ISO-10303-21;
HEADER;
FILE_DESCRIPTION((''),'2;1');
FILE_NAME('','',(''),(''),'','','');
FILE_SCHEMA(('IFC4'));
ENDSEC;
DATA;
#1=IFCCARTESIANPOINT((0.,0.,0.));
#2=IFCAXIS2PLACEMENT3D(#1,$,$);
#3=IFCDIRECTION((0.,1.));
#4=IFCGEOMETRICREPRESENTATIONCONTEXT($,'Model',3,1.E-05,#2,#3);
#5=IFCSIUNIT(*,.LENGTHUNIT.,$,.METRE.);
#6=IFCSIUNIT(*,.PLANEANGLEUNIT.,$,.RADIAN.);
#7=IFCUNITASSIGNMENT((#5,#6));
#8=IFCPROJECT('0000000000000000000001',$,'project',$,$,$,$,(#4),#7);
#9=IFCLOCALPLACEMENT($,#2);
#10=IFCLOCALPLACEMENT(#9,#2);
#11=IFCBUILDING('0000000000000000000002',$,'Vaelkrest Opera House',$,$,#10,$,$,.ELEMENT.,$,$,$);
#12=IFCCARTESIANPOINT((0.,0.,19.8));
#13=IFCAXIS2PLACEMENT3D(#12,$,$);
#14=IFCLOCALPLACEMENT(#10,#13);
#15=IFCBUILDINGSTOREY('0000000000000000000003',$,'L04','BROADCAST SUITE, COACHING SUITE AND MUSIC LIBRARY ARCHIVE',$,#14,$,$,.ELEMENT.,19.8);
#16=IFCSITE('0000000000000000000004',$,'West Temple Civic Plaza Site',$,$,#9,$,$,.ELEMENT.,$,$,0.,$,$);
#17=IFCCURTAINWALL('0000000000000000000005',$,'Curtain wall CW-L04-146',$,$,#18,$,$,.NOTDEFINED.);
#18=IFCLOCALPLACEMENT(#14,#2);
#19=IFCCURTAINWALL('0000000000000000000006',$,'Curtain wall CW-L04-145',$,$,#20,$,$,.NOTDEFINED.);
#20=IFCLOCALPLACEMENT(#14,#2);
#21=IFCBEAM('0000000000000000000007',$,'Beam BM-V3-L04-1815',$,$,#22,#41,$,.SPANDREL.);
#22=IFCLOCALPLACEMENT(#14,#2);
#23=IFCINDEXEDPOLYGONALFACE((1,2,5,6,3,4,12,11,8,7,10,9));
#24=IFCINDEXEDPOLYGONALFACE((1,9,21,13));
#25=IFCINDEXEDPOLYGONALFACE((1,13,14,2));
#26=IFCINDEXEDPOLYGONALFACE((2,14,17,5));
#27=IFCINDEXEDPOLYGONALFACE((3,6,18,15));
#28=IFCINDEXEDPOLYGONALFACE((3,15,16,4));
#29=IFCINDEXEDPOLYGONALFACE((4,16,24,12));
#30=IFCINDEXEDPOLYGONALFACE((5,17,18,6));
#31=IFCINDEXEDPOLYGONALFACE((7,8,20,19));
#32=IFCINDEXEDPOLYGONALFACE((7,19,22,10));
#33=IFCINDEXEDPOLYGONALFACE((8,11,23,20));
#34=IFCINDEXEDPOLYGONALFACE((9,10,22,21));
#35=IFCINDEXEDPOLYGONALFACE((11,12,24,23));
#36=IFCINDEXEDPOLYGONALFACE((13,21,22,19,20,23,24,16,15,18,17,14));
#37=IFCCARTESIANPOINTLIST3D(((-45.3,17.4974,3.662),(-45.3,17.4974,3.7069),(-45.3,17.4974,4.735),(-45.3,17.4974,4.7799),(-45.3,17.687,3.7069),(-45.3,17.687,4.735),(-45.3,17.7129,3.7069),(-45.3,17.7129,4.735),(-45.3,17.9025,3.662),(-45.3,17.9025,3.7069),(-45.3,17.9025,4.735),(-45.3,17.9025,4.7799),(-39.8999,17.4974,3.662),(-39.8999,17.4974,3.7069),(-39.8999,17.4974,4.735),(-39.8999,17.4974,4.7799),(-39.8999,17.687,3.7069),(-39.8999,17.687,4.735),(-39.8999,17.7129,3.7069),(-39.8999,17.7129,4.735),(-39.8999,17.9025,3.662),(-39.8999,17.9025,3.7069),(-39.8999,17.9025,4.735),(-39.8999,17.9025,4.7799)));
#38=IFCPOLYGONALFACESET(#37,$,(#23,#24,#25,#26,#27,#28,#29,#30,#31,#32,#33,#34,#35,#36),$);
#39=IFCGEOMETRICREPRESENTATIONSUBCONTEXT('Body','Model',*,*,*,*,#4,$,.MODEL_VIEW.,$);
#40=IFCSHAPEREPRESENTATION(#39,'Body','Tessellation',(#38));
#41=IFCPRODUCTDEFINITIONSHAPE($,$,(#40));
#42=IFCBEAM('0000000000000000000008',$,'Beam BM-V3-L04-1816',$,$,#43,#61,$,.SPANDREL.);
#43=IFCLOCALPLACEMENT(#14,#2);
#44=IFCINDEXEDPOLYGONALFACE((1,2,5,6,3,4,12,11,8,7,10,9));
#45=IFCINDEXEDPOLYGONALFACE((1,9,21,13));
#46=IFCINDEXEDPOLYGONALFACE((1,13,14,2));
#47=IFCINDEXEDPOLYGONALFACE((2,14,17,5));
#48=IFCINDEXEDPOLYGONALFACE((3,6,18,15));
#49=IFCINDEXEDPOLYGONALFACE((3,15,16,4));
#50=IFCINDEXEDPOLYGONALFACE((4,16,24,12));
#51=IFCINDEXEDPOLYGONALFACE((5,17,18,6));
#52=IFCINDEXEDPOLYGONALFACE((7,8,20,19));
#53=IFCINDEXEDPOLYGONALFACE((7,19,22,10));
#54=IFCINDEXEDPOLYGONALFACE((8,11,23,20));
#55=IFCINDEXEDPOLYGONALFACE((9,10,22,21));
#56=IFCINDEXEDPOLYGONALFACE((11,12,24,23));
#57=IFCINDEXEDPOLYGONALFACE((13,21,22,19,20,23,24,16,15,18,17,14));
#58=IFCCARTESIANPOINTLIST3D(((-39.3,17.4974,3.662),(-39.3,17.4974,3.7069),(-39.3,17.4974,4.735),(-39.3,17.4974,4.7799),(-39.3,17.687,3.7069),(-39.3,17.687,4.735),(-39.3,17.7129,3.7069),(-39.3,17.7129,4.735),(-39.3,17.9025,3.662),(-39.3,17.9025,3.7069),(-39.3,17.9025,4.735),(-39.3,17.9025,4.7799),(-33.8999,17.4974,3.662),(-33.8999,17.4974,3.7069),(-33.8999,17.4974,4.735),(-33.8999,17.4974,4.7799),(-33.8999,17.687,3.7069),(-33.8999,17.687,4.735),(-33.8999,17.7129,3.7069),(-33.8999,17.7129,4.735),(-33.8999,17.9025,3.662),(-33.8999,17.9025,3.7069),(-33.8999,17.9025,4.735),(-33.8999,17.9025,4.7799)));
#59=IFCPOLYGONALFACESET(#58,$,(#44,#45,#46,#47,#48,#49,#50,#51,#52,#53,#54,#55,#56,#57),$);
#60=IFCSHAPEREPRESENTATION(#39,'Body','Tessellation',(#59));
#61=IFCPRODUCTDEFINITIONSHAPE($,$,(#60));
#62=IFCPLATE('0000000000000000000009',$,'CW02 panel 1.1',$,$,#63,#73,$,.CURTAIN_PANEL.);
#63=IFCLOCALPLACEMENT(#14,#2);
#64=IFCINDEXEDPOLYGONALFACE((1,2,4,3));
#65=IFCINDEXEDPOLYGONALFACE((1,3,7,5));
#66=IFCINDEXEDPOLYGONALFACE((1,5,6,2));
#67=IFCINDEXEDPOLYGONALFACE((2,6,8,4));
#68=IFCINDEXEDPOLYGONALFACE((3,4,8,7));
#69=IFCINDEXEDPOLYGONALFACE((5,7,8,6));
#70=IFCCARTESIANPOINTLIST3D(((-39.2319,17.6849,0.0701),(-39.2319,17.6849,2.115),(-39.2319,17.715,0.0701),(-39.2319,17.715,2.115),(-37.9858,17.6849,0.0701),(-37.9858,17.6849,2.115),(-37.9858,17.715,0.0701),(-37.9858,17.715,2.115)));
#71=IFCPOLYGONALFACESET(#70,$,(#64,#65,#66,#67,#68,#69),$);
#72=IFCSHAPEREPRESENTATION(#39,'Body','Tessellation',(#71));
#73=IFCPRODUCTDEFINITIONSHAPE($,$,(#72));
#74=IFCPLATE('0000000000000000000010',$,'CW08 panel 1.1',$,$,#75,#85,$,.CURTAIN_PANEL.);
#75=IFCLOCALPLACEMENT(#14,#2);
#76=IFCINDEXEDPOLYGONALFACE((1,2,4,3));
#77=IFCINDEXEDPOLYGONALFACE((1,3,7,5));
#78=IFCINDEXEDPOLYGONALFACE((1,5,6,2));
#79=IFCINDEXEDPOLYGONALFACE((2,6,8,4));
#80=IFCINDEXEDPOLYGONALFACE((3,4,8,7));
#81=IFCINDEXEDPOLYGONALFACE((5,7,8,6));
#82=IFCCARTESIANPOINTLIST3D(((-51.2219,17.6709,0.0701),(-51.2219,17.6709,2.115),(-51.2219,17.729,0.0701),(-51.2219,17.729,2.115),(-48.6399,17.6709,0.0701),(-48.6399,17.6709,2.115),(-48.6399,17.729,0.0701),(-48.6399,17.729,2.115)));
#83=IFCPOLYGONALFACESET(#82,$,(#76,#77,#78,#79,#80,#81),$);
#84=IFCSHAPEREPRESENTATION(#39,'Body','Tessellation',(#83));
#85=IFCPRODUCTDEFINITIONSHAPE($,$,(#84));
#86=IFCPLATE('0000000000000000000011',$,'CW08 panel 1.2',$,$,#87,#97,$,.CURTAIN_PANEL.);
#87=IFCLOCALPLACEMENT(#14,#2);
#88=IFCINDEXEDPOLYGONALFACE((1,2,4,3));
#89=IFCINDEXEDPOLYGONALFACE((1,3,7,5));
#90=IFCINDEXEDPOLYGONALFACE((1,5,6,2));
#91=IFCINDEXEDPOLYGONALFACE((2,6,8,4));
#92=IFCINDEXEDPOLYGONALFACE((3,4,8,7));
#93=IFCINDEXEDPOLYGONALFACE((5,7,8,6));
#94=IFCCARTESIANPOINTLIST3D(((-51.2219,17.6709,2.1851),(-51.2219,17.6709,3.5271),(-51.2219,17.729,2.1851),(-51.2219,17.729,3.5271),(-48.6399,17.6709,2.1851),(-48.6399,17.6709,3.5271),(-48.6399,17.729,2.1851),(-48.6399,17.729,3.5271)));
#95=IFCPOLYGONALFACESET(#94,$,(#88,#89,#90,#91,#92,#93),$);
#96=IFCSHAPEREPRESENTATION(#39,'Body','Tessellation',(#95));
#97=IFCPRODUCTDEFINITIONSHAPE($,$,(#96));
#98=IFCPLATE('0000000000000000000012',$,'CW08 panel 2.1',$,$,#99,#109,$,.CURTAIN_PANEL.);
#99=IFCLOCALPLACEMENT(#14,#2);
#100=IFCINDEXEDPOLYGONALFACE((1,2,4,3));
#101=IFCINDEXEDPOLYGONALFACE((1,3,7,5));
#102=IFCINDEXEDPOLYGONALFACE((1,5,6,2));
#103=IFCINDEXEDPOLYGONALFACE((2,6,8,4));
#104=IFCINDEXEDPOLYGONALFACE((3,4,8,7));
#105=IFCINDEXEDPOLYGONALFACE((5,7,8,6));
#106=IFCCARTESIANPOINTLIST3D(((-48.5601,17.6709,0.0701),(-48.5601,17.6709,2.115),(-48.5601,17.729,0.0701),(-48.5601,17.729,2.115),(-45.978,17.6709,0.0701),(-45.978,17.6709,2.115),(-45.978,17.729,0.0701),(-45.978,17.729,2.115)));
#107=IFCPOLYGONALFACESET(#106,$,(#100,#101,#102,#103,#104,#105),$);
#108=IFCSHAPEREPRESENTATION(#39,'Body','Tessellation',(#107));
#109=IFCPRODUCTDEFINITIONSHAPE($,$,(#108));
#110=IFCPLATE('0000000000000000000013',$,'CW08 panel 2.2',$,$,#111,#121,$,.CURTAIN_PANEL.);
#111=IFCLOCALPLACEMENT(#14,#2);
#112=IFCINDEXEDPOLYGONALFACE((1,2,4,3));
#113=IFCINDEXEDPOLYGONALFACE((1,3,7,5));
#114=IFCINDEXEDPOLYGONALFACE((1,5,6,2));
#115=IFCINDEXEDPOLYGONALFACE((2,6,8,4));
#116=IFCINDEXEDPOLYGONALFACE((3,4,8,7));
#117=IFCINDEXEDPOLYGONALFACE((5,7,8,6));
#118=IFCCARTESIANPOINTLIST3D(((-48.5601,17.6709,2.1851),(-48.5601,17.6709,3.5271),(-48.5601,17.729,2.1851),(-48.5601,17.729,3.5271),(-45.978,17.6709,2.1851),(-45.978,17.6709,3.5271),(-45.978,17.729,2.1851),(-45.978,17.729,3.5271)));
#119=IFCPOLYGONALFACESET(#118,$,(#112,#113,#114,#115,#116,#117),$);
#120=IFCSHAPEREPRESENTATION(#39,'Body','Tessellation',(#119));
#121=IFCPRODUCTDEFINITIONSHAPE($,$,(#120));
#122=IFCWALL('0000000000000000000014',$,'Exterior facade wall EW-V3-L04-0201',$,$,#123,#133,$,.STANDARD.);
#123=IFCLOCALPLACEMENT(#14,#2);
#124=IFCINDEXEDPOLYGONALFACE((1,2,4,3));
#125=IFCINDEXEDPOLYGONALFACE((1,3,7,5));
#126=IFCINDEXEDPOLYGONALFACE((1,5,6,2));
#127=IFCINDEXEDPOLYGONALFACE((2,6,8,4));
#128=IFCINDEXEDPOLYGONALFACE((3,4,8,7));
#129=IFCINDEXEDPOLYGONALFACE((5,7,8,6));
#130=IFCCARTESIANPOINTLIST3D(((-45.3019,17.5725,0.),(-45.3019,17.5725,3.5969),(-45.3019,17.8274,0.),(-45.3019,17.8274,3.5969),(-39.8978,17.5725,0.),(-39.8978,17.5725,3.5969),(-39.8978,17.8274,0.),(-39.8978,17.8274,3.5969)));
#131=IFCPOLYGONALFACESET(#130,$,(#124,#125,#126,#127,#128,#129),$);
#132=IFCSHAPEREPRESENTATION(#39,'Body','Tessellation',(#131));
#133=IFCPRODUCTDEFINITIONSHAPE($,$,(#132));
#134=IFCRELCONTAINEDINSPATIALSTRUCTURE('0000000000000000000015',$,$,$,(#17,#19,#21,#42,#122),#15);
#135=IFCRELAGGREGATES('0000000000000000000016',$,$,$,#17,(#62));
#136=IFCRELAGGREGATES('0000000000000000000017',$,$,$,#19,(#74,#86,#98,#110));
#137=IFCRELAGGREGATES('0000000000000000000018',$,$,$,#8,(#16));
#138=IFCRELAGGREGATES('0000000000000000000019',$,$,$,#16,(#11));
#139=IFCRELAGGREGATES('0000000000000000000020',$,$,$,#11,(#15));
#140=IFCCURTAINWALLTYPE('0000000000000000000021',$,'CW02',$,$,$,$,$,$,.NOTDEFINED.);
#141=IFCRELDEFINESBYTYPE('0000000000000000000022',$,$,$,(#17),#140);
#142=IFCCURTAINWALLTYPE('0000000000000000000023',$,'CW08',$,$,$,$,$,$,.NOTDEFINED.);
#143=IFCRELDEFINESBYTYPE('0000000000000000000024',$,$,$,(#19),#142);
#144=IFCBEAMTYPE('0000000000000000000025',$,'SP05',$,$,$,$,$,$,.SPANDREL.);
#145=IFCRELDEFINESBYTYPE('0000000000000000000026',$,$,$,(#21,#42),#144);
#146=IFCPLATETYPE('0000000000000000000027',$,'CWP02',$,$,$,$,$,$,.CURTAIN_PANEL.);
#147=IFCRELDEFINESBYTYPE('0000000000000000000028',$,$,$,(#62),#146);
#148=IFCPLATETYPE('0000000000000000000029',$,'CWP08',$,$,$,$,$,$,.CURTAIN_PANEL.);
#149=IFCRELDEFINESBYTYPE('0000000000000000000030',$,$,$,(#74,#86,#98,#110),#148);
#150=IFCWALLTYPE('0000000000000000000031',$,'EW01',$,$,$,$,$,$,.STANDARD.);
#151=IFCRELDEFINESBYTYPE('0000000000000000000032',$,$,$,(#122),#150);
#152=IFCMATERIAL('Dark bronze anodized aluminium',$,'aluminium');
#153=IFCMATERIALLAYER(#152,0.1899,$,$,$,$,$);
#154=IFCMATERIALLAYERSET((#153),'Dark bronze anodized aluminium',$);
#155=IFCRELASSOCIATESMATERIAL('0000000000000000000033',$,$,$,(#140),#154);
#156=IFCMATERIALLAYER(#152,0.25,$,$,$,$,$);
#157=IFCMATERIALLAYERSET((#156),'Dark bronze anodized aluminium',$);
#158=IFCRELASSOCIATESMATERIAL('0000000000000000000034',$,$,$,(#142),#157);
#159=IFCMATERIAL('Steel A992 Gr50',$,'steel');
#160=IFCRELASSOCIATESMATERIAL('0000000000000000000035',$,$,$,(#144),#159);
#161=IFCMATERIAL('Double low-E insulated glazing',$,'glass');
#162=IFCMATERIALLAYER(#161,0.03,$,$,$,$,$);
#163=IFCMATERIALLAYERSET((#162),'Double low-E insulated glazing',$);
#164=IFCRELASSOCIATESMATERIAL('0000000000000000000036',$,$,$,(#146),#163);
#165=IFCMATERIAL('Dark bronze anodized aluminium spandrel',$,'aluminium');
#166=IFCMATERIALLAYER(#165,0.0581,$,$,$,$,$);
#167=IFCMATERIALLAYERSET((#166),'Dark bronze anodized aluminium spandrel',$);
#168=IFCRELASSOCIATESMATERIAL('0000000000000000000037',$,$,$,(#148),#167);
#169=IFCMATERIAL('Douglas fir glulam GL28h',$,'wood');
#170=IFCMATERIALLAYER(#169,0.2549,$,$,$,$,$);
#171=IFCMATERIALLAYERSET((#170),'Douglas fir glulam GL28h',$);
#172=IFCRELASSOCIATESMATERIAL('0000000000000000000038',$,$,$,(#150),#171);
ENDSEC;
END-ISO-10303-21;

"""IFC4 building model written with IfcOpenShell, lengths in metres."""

from ifc_helpers import new_model, si_unit, direction, frame, frame_2d, origin, origin_2d, place, context, subcontext, project, spatial, rectangle, i_section, extrude, material, layer, layer_set, material_profile, profile_set, type_object, element, aggregate, save


model = new_model("IFC4")

# Units and contexts
model_context = context("Model", 3, precision=1e-05, world=origin(), true_north=direction((0.0, 1.0)))
body_context = subcontext(model_context, "Body", "Model", "MODEL_VIEW")
ifc_project = project(units=[si_unit("LENGTHUNIT", "METRE"), si_unit("PLANEANGLEUNIT", "RADIAN")], contexts=[model_context])

# Site, building, storey
site_placement = place(None, origin())
site = spatial("IfcSite", under=ifc_project, at=site_placement, Name="West Temple Civic Plaza Site", CompositionType="ELEMENT", RefElevation=0.0)
building_placement = place(site_placement, origin())
building = spatial("IfcBuilding", under=site, at=building_placement, Name="Vaelkrest Opera House", CompositionType="ELEMENT")
storey_placement = place(building_placement, frame((0.0, 0.0, 19.8)))
storey = spatial("IfcBuildingStorey", under=building, at=storey_placement, Name="L04", Description="BROADCAST SUITE, COACHING SUITE AND MUSIC LIBRARY ARCHIVE", CompositionType="ELEMENT", Elevation=19.8)

# Curtain wall
ifc_material_1 = material(Name="Dark bronze anodized aluminium", Category="aluminium")
ifc_layer_1 = layer(ifc_material_1, 0.1899)
ifc_layer_set_1 = layer_set([ifc_layer_1], Name="Dark bronze anodized aluminium")
curtain_wall_type_1 = type_object("IfcCurtainWallType", Name="CW02", PredefinedType="NOTDEFINED", material=ifc_layer_set_1)
curtain_wall_1_placement = place(storey_placement, origin())
curtain_wall_1 = element("IfcCurtainWall", 1, at=curtain_wall_1_placement, inside=storey, type_object=curtain_wall_type_1, Name="Curtain wall CW-L04-146", PredefinedType="NOTDEFINED")

# Curtain wall
ifc_layer_2 = layer(ifc_material_1, 0.25)
ifc_layer_set_2 = layer_set([ifc_layer_2], Name="Dark bronze anodized aluminium")
curtain_wall_type_2 = type_object("IfcCurtainWallType", Name="CW08", PredefinedType="NOTDEFINED", material=ifc_layer_set_2)
curtain_wall_2_placement = place(storey_placement, origin())
curtain_wall_2 = element("IfcCurtainWall", 2, at=curtain_wall_2_placement, inside=storey, type_object=curtain_wall_type_2, Name="Curtain wall CW-L04-145", PredefinedType="NOTDEFINED")

# Beams
ifc_material_2 = material(Name="Steel A992 Gr50", Category="steel")
ifc_material_profile_1 = material_profile(ifc_material_2, i_section(OverallWidth=0.405, OverallDepth=1.1179, WebThickness=0.0259, FlangeThickness=0.0449, at=origin_2d()), Name="W44X335")
ifc_profile_set_1 = profile_set([ifc_material_profile_1], Name="Steel A992 Gr50")
beam_type = type_object("IfcBeamType", Name="SP05", PredefinedType="SPANDREL", material=ifc_profile_set_1)
for number, where, z_axis, x_axis, name in (
    (3, (-45.3, 17.7, 4.2209), (1.0, 0.0, 0.0), (0.0, 1.0, 0.0), "Beam BM-V3-L04-1815"),
    (4, (-39.3, 17.7, 4.2209), (1.0, 0.0, 0.0), (0.0, 1.0, 0.0), "Beam BM-V3-L04-1816"),
):
    element("IfcBeam", number, at=place(storey_placement, frame(where, z_axis=z_axis, x_axis=x_axis)), inside=storey, type_object=beam_type, Name=name, PredefinedType="SPANDREL", context=body_context, shape_type="SweptSolid", body=[
        extrude(i_section(OverallWidth=0.405, OverallDepth=1.1179, WebThickness=0.0259, FlangeThickness=0.0449, at=origin_2d()), origin(), (0.0, 0.0, 1.0), 5.4001),
    ])

# Plates
ifc_material_3 = material(Name="Double low-E insulated glazing", Category="glass")
ifc_layer_3 = layer(ifc_material_3, 0.03)
ifc_layer_set_3 = layer_set([ifc_layer_3], Name="Double low-E insulated glazing")
plate_type_1 = type_object("IfcPlateType", Name="CWP02", PredefinedType="CURTAIN_PANEL", material=ifc_layer_set_3)
plate_1_placement = place(storey_placement, frame((-38.6089, 17.7, 0.0701), z_axis=(0.0, 0.0, 1.0), x_axis=(1.0, 0.0, 0.0)))
plate_1 = element("IfcPlate", 5, at=plate_1_placement, type_object=plate_type_1, Name="CW02 panel 1.1", PredefinedType="CURTAIN_PANEL", context=body_context, shape_type="SweptSolid", body=[
    extrude(rectangle(XDim=1.2461, YDim=0.03, at=origin_2d()), origin(), (0.0, 0.0, 1.0), 2.0449),
])
aggregate(curtain_wall_1, [plate_1])
ifc_material_4 = material(Name="Dark bronze anodized aluminium spandrel", Category="aluminium")
ifc_layer_4 = layer(ifc_material_4, 0.0581)
ifc_layer_set_4 = layer_set([ifc_layer_4], Name="Dark bronze anodized aluminium spandrel")
plate_type_2 = type_object("IfcPlateType", Name="CWP08", PredefinedType="CURTAIN_PANEL", material=ifc_layer_set_4)
plate_2_placement = place(storey_placement, frame((-49.9309, 17.7, 0.0701), z_axis=(0.0, 0.0, 1.0), x_axis=(1.0, 0.0, 0.0)))
plate_2 = element("IfcPlate", 6, at=plate_2_placement, type_object=plate_type_2, Name="CW08 panel 1.1", PredefinedType="CURTAIN_PANEL", context=body_context, shape_type="SweptSolid", body=[
    extrude(rectangle(XDim=2.582, YDim=0.0581, at=origin_2d()), origin(), (0.0, 0.0, 1.0), 2.0449),
])
plate_3_placement = place(storey_placement, frame((-49.9309, 17.7, 2.1851), z_axis=(0.0, 0.0, 1.0), x_axis=(1.0, 0.0, 0.0)))
plate_3 = element("IfcPlate", 7, at=plate_3_placement, type_object=plate_type_2, Name="CW08 panel 1.2", PredefinedType="CURTAIN_PANEL", context=body_context, shape_type="SweptSolid", body=[
    extrude(rectangle(XDim=2.582, YDim=0.0581, at=origin_2d()), origin(), (0.0, 0.0, 1.0), 1.342),
])
plate_4_placement = place(storey_placement, frame((-47.269, 17.7, 0.0701), z_axis=(0.0, 0.0, 1.0), x_axis=(1.0, 0.0, 0.0)))
plate_4 = element("IfcPlate", 8, at=plate_4_placement, type_object=plate_type_2, Name="CW08 panel 2.1", PredefinedType="CURTAIN_PANEL", context=body_context, shape_type="SweptSolid", body=[
    extrude(rectangle(XDim=2.582, YDim=0.0581, at=origin_2d()), origin(), (0.0, 0.0, 1.0), 2.0449),
])
plate_5_placement = place(storey_placement, frame((-47.269, 17.7, 2.1851), z_axis=(0.0, 0.0, 1.0), x_axis=(1.0, 0.0, 0.0)))
plate_5 = element("IfcPlate", 9, at=plate_5_placement, type_object=plate_type_2, Name="CW08 panel 2.2", PredefinedType="CURTAIN_PANEL", context=body_context, shape_type="SweptSolid", body=[
    extrude(rectangle(XDim=2.582, YDim=0.0581, at=origin_2d()), origin(), (0.0, 0.0, 1.0), 1.342),
])
aggregate(curtain_wall_2, [plate_2, plate_3, plate_4, plate_5])

# Wall
ifc_material_5 = material(Name="Douglas fir glulam GL28h", Category="wood")
ifc_layer_5 = layer(ifc_material_5, 0.2549)
ifc_layer_set_5 = layer_set([ifc_layer_5], Name="Douglas fir glulam GL28h")
wall_type = type_object("IfcWallType", Name="EW01", PredefinedType="STANDARD", material=ifc_layer_set_5)
wall_placement = place(storey_placement, frame((-45.302, 17.7, 0.0), z_axis=(0.0, 0.0, 1.0), x_axis=(1.0, 0.0, 0.0)))
element("IfcWall", 10, at=wall_placement, inside=storey, type_object=wall_type, Name="Exterior facade wall EW-V3-L04-0201", PredefinedType="STANDARD", context=body_context, shape_type="SweptSolid", body=[
    extrude(rectangle(XDim=5.4041, YDim=0.2549, at=frame_2d((2.7021, 0.0))), origin(), (0.0, 0.0, 1.0), 3.5969),
])

save(model, "model.ifc")
